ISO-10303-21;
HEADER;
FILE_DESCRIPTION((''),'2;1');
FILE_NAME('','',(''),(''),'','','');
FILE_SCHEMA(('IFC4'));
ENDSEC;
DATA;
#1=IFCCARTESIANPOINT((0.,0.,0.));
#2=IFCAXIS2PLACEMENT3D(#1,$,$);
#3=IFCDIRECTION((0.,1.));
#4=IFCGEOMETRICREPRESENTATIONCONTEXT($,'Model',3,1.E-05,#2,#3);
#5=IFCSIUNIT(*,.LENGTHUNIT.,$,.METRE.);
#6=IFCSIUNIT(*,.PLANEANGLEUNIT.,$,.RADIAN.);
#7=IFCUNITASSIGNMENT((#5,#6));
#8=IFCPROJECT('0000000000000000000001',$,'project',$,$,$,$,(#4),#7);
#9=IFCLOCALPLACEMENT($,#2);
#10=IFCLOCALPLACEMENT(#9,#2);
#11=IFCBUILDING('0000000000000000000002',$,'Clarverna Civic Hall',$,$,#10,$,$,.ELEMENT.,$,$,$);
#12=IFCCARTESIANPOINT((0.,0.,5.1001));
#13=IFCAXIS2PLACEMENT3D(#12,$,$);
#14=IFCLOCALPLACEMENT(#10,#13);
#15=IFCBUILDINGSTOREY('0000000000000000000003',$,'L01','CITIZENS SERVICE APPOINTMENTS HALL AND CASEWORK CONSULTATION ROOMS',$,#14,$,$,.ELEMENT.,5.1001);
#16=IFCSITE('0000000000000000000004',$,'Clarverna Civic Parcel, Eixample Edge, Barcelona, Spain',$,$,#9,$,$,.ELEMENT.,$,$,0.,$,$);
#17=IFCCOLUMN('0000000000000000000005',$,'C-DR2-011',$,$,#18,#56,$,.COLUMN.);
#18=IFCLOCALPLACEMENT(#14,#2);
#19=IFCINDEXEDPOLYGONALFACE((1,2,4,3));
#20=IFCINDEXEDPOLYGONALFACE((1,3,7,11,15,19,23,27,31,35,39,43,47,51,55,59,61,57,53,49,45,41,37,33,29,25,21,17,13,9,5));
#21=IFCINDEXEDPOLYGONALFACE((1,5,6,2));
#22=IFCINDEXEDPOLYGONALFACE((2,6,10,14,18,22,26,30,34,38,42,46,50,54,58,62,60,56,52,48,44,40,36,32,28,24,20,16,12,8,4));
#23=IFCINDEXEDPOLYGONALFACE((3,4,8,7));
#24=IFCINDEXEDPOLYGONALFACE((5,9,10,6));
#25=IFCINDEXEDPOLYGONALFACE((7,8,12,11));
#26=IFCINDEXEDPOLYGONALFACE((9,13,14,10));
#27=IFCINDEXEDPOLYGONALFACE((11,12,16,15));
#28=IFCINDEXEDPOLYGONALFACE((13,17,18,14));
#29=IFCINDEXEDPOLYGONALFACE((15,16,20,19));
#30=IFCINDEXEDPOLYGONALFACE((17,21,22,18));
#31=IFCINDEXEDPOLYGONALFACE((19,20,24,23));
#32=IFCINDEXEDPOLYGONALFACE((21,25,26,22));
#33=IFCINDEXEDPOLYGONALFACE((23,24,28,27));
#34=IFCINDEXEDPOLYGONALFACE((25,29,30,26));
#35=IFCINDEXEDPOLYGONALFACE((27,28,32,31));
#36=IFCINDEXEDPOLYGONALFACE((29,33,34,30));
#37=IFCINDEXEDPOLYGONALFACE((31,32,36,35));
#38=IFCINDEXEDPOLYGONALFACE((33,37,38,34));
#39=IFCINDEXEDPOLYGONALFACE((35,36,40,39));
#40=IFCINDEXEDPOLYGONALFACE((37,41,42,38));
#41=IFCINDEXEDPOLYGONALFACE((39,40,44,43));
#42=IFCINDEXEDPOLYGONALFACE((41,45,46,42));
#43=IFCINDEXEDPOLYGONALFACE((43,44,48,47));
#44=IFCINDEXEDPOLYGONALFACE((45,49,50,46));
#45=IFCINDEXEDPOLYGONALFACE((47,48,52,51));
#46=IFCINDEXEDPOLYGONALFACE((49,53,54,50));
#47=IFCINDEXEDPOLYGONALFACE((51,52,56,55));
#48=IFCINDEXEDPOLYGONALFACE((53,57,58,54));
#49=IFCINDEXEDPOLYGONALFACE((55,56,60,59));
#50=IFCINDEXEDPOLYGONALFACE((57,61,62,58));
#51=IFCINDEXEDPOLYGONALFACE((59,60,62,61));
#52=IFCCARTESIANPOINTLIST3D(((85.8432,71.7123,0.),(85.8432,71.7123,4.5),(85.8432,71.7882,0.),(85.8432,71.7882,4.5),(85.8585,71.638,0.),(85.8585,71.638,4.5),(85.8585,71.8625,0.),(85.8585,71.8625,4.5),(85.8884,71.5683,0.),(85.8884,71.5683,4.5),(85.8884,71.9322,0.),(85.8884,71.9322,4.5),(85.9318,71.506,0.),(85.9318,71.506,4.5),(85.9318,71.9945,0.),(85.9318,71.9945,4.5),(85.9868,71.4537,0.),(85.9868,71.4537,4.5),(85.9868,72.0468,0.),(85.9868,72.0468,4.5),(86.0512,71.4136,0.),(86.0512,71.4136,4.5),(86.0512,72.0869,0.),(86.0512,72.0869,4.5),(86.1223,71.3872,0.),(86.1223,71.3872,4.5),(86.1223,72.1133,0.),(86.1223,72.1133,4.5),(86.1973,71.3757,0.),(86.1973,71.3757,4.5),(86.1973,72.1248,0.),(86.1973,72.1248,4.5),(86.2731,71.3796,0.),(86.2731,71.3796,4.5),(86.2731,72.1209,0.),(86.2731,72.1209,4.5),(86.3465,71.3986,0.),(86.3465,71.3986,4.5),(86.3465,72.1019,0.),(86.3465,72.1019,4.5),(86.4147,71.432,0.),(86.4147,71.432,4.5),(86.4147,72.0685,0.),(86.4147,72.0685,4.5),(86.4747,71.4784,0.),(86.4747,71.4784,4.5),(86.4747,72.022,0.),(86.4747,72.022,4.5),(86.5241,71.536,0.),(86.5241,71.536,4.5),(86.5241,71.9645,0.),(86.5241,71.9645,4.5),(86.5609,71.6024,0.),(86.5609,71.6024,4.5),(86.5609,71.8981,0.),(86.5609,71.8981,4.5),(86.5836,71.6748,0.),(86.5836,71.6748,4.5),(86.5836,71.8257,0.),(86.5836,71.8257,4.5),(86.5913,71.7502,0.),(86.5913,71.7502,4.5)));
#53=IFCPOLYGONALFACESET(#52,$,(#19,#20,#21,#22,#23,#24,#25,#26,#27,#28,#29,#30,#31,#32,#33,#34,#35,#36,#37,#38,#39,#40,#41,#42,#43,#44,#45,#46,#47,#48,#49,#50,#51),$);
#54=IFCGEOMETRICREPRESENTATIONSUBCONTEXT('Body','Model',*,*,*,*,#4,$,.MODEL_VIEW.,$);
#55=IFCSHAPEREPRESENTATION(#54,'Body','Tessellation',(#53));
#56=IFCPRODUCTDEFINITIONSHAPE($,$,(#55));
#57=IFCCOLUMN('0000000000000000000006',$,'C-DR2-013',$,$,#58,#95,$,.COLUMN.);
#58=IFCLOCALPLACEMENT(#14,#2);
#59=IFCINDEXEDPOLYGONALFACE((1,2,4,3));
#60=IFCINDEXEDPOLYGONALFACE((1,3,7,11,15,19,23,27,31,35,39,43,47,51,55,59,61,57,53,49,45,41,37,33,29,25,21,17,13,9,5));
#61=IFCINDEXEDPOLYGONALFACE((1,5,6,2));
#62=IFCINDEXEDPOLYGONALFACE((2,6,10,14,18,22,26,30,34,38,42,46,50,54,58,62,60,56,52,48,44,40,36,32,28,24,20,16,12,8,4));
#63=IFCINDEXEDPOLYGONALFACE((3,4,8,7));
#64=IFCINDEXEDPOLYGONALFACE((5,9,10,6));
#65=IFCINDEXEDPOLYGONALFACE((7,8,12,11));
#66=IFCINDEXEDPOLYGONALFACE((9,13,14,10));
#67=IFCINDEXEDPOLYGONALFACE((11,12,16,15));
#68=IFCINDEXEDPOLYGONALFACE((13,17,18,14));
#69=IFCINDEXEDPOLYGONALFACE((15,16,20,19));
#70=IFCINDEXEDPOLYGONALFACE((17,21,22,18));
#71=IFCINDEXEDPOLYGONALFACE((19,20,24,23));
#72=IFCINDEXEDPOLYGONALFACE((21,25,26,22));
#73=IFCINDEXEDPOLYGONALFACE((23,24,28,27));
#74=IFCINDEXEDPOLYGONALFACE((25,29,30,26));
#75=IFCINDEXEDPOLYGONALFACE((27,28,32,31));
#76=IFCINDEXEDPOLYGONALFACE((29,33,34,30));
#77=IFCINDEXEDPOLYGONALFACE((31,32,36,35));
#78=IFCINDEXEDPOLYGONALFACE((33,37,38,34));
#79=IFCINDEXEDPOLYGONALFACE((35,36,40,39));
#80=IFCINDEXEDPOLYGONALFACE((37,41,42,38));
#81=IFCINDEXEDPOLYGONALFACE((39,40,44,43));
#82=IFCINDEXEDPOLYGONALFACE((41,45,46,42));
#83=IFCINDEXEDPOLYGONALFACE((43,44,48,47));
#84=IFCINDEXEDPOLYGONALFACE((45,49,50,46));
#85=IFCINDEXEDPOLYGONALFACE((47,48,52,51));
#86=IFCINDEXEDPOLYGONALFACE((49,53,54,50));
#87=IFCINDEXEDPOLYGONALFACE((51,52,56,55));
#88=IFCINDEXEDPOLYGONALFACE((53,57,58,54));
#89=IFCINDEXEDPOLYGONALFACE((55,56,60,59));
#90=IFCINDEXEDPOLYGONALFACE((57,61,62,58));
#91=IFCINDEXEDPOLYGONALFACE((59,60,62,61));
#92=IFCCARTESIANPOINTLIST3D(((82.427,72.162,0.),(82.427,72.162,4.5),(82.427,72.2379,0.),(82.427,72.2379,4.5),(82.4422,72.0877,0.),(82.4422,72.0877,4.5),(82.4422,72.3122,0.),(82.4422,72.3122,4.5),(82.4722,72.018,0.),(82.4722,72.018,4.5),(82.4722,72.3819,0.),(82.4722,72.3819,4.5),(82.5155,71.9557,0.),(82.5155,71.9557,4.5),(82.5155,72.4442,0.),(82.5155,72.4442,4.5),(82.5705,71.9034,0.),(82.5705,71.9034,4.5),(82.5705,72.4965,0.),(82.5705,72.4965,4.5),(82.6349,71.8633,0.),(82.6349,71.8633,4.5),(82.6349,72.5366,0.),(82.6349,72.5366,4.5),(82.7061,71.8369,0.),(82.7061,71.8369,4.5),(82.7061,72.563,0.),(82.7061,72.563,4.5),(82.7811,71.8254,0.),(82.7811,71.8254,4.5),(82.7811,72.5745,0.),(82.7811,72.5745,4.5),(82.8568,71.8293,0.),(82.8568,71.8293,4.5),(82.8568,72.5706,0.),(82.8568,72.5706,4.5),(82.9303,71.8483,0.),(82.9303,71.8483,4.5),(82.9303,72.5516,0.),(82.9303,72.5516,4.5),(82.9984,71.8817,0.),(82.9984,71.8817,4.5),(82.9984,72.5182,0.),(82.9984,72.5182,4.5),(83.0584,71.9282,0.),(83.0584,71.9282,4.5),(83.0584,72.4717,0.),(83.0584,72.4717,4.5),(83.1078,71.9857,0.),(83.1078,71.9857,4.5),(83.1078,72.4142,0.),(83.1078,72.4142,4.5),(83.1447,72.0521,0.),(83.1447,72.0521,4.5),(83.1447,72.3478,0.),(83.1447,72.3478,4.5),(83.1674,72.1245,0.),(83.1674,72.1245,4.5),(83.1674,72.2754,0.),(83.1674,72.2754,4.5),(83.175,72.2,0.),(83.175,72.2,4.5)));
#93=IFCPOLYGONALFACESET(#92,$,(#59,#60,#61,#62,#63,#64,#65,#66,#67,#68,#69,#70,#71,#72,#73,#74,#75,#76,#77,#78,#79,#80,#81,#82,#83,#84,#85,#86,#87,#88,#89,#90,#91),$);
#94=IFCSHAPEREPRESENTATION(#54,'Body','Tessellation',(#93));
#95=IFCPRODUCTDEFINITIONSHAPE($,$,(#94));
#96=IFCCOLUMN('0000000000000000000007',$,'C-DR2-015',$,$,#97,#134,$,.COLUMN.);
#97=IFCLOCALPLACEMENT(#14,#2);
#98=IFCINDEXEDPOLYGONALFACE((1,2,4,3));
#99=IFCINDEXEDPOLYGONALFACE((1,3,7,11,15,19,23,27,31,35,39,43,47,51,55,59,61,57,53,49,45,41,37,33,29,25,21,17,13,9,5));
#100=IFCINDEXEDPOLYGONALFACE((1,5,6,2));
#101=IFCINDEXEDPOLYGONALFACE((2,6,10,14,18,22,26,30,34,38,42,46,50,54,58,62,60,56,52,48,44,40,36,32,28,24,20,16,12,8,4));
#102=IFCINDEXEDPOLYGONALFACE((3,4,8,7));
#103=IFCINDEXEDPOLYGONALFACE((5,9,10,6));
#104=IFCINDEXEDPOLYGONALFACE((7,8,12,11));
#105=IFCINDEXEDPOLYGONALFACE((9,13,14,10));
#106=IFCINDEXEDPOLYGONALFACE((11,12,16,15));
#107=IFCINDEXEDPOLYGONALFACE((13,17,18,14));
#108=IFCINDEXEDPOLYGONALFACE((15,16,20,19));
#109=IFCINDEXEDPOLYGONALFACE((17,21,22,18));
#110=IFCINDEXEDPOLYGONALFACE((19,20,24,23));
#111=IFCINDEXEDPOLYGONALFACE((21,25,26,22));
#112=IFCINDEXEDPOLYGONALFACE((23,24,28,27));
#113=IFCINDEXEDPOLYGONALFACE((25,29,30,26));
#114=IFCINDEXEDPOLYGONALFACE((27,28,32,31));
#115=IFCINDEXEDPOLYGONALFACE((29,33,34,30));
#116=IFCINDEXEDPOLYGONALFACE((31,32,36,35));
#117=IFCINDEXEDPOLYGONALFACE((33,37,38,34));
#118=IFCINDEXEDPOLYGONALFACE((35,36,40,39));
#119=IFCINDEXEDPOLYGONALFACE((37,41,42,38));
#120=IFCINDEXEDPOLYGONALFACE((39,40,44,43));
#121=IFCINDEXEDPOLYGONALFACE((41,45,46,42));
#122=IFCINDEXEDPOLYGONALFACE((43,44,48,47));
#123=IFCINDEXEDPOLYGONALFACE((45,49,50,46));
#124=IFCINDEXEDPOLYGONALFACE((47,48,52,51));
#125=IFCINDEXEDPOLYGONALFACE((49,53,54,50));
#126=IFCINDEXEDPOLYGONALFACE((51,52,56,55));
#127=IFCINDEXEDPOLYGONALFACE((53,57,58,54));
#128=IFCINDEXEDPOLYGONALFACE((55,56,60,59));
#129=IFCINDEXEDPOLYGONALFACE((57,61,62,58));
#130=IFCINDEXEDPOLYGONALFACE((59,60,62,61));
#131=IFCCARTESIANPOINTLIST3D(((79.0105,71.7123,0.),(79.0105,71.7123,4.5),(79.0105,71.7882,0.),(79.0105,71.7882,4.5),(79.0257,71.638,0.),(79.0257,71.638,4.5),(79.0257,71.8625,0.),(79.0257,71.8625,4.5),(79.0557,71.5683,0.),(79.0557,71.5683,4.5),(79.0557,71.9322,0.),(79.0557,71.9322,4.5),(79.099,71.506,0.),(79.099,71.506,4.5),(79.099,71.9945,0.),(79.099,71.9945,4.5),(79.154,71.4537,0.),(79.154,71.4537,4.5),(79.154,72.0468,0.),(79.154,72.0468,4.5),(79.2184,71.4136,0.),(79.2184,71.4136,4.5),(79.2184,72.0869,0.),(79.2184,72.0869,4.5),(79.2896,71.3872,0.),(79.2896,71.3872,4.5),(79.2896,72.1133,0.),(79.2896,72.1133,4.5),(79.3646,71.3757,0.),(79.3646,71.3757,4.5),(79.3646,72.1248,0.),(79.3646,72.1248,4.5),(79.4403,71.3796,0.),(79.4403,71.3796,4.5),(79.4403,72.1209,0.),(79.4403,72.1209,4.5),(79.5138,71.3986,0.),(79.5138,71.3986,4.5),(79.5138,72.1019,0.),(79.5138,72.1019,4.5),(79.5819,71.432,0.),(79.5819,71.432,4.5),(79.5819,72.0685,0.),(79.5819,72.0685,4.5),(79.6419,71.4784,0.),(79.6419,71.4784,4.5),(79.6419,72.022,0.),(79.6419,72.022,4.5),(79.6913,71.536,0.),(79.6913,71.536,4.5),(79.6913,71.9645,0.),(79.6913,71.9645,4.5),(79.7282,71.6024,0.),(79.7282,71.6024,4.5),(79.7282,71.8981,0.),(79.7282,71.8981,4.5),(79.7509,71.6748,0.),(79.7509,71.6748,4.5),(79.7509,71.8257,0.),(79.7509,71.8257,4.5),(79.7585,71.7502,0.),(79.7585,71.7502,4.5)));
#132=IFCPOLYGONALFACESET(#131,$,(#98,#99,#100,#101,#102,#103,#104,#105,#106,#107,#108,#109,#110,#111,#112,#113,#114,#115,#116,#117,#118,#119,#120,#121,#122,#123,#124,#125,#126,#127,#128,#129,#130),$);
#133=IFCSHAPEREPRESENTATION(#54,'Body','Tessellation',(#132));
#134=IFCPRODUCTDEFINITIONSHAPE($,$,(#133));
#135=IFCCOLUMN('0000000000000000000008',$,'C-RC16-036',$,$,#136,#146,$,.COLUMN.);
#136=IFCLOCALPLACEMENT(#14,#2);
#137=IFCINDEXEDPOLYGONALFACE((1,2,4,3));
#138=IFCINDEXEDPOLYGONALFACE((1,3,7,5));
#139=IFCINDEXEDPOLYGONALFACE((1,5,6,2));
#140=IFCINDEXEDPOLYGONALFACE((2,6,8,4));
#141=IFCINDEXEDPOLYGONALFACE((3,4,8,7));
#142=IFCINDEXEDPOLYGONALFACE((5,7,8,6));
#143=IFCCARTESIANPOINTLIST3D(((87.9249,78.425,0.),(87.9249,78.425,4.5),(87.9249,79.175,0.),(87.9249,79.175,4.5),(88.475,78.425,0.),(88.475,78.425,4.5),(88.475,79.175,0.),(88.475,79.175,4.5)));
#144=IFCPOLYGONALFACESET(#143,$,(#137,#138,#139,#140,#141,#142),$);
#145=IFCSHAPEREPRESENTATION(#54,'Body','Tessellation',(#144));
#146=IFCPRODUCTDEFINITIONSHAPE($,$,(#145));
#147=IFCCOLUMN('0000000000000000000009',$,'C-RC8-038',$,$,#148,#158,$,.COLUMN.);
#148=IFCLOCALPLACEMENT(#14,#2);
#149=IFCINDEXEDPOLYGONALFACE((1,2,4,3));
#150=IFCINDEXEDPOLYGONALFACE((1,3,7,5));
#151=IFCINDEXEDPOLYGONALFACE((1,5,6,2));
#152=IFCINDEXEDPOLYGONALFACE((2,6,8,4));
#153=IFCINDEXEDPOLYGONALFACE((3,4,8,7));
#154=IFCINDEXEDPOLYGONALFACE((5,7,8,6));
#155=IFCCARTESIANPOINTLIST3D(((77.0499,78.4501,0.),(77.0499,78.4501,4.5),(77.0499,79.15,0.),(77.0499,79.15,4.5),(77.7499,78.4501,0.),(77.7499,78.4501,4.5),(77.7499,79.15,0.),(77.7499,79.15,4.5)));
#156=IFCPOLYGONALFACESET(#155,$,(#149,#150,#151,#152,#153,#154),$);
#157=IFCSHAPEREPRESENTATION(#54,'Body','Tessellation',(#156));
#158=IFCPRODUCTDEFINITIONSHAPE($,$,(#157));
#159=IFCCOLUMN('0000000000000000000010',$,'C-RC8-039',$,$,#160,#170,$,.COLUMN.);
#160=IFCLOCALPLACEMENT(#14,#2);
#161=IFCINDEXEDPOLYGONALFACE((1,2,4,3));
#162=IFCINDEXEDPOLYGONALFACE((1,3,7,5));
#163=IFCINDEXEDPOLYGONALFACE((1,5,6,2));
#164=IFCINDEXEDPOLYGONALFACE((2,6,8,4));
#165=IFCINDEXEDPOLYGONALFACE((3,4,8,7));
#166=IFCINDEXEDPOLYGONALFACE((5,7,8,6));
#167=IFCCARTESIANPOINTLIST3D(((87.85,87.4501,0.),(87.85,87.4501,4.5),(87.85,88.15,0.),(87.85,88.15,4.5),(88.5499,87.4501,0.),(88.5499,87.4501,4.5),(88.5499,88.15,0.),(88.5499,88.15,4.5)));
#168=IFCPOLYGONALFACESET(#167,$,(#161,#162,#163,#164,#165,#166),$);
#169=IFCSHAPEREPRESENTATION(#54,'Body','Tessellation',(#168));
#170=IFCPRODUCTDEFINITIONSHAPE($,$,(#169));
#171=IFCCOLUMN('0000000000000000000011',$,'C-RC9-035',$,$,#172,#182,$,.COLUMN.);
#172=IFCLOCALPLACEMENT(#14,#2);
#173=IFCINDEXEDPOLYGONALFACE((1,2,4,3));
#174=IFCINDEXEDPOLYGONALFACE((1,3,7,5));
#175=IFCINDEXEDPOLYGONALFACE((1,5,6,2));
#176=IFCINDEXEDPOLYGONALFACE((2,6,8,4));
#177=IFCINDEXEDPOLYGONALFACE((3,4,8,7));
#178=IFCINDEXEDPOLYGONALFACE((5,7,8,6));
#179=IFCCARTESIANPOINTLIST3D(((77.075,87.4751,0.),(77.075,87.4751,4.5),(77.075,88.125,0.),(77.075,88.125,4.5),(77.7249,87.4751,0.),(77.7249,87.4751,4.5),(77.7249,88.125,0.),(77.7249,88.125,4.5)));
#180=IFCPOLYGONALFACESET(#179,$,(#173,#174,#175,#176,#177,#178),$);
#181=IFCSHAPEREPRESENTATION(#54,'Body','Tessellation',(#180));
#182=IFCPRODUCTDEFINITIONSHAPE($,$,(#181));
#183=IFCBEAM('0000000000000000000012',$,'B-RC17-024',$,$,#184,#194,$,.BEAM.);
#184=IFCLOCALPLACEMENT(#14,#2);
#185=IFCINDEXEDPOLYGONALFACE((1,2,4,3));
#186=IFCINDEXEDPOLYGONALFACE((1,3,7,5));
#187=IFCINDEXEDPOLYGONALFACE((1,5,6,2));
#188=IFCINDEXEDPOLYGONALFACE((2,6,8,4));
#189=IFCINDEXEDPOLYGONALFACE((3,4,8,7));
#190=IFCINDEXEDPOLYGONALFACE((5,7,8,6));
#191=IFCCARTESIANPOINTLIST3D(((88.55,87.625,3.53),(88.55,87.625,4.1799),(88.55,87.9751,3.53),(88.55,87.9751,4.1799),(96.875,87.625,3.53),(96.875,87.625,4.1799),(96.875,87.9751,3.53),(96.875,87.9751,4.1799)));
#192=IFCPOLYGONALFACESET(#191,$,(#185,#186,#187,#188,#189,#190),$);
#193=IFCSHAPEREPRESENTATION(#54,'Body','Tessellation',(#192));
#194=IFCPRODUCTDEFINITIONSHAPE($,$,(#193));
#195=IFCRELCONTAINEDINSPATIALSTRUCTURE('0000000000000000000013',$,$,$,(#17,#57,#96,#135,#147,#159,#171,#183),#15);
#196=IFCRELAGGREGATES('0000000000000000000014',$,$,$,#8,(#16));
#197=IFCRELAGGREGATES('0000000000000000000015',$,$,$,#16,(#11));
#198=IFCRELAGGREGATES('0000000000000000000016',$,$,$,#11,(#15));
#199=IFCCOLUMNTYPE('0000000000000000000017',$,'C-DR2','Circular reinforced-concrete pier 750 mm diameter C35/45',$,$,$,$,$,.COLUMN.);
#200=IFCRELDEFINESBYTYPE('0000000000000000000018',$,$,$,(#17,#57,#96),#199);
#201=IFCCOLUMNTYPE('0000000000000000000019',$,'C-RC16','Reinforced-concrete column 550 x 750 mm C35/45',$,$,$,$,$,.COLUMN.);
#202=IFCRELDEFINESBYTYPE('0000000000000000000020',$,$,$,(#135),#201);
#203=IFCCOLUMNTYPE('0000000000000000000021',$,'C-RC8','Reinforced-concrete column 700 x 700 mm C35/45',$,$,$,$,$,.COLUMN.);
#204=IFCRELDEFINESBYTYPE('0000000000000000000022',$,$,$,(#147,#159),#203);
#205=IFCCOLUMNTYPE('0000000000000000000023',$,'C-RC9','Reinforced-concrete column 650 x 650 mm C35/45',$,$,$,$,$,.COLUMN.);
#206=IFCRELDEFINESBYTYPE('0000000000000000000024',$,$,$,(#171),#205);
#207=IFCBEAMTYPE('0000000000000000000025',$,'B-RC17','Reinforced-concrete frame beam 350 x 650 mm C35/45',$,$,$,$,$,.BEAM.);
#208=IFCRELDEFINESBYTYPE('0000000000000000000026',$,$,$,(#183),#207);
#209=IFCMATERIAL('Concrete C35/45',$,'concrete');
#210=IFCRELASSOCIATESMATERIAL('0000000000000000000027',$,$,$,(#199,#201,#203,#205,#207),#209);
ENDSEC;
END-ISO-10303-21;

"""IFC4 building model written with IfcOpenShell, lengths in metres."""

from ifc_helpers import new_model, si_unit, direction, frame, origin, origin_2d, place, context, subcontext, project, spatial, rectangle, circle, extrude, material, material_profile, profile_set, type_object, element, save


model = new_model("IFC4")

# Units and contexts
model_context = context("Model", 3, precision=1e-05, world=origin(), true_north=direction((0.0, 1.0)))
body_context = subcontext(model_context, "Body", "Model", "MODEL_VIEW")
ifc_project = project(units=[si_unit("LENGTHUNIT", "METRE"), si_unit("PLANEANGLEUNIT", "RADIAN")], contexts=[model_context])

# Site, building, storey
site_placement = place(None, origin())
site = spatial("IfcSite", under=ifc_project, at=site_placement, Name="Clarverna Civic Parcel, Eixample Edge, Barcelona, Spain", CompositionType="ELEMENT", RefElevation=0.0)
building_placement = place(site_placement, origin())
building = spatial("IfcBuilding", under=site, at=building_placement, Name="Clarverna Civic Hall", CompositionType="ELEMENT")
storey_placement = place(building_placement, frame((0.0, 0.0, 5.1001)))
storey = spatial("IfcBuildingStorey", under=building, at=storey_placement, Name="L01", Description="CITIZENS SERVICE APPOINTMENTS HALL AND CASEWORK CONSULTATION ROOMS", CompositionType="ELEMENT", Elevation=5.1001)

# Columns
ifc_material_1 = material(Name="Concrete C35/45", Category="concrete")
ifc_material_profile_1 = material_profile(ifc_material_1, circle(Radius=0.375, at=origin_2d()), Name="RC D750")
ifc_profile_set_1 = profile_set([ifc_material_profile_1], Name="Concrete C35/45")
column_type_1 = type_object("IfcColumnType", Name="C-DR2", Description="Circular reinforced-concrete pier 750 mm diameter C35/45", PredefinedType="COLUMN", material=ifc_profile_set_1)
for number, where, z_axis, x_axis, name in (
    (1, (86.2163, 71.7502, 0.0), (0.0, 0.0, 1.0), (1.0, 0.0, 0.0), "C-DR2-011"),
    (2, (82.8, 72.2, 0.0), (0.0, 0.0, 1.0), (1.0, 0.0, 0.0), "C-DR2-013"),
    (3, (79.3835, 71.7502, 0.0), (0.0, 0.0, 1.0), (1.0, 0.0, 0.0), "C-DR2-015"),
):
    element("IfcColumn", number, at=place(storey_placement, frame(where, z_axis=z_axis, x_axis=x_axis)), inside=storey, type_object=column_type_1, Name=name, PredefinedType="COLUMN", context=body_context, shape_type="SweptSolid", body=[
        extrude(circle(Radius=0.375, at=origin_2d()), origin(), (0.0, 0.0, 1.0), 4.5),
    ])
ifc_material_profile_2 = material_profile(ifc_material_1, rectangle(XDim=0.55, YDim=0.75, at=origin_2d()), Name="RC 550x750")
ifc_profile_set_2 = profile_set([ifc_material_profile_2], Name="Concrete C35/45")
column_type_2 = type_object("IfcColumnType", Name="C-RC16", Description="Reinforced-concrete column 550 x 750 mm C35/45", PredefinedType="COLUMN", material=ifc_profile_set_2)
column_1_placement = place(storey_placement, frame((88.2, 78.8, 0.0), z_axis=(0.0, 0.0, 1.0), x_axis=(1.0, 0.0, 0.0)))
element("IfcColumn", 4, at=column_1_placement, inside=storey, type_object=column_type_2, Name="C-RC16-036", PredefinedType="COLUMN", context=body_context, shape_type="SweptSolid", body=[
    extrude(rectangle(XDim=0.55, YDim=0.75, at=origin_2d()), origin(), (0.0, 0.0, 1.0), 4.5),
])
ifc_material_profile_3 = material_profile(ifc_material_1, rectangle(XDim=0.7, YDim=0.7, at=origin_2d()), Name="RC 700x700")
ifc_profile_set_3 = profile_set([ifc_material_profile_3], Name="Concrete C35/45")
column_type_3 = type_object("IfcColumnType", Name="C-RC8", Description="Reinforced-concrete column 700 x 700 mm C35/45", PredefinedType="COLUMN", material=ifc_profile_set_3)
for number, where, z_axis, x_axis, name in (
    (5, (77.3999, 78.8, 0.0), (0.0, 0.0, 1.0), (1.0, 0.0, 0.0), "C-RC8-038"),
    (6, (88.2, 87.8, 0.0), (0.0, 0.0, 1.0), (1.0, 0.0, 0.0), "C-RC8-039"),
):
    element("IfcColumn", number, at=place(storey_placement, frame(where, z_axis=z_axis, x_axis=x_axis)), inside=storey, type_object=column_type_3, Name=name, PredefinedType="COLUMN", context=body_context, shape_type="SweptSolid", body=[
        extrude(rectangle(XDim=0.7, YDim=0.7, at=origin_2d()), origin(), (0.0, 0.0, 1.0), 4.5),
    ])
ifc_material_profile_4 = material_profile(ifc_material_1, rectangle(XDim=0.6499, YDim=0.6499, at=origin_2d()), Name="RC 650x650")
ifc_profile_set_4 = profile_set([ifc_material_profile_4], Name="Concrete C35/45")
column_type_4 = type_object("IfcColumnType", Name="C-RC9", Description="Reinforced-concrete column 650 x 650 mm C35/45", PredefinedType="COLUMN", material=ifc_profile_set_4)
column_2_placement = place(storey_placement, frame((77.3999, 87.8, 0.0), z_axis=(0.0, 0.0, 1.0), x_axis=(1.0, 0.0, 0.0)))
element("IfcColumn", 7, at=column_2_placement, inside=storey, type_object=column_type_4, Name="C-RC9-035", PredefinedType="COLUMN", context=body_context, shape_type="SweptSolid", body=[
    extrude(rectangle(XDim=0.6499, YDim=0.6499, at=origin_2d()), origin(), (0.0, 0.0, 1.0), 4.5),
])

# Beam
ifc_material_profile_5 = material_profile(ifc_material_1, rectangle(XDim=0.3501, YDim=0.6499, at=origin_2d()), Name="RC 350x650")
ifc_profile_set_5 = profile_set([ifc_material_profile_5], Name="Concrete C35/45")
beam_type_1 = type_object("IfcBeamType", Name="B-RC17", Description="Reinforced-concrete frame beam 350 x 650 mm C35/45", PredefinedType="BEAM", material=ifc_profile_set_5)
beam_1_placement = place(storey_placement, frame((88.55, 87.8, 3.855), z_axis=(1.0, 0.0, 0.0), x_axis=(0.0, 1.0, 0.0)))
element("IfcBeam", 8, at=beam_1_placement, inside=storey, type_object=beam_type_1, Name="B-RC17-024", PredefinedType="BEAM", context=body_context, shape_type="SweptSolid", body=[
    extrude(rectangle(XDim=0.3501, YDim=0.6499, at=origin_2d()), origin(), (0.0, 0.0, 1.0), 8.325),
])

save(model, "model.ifc")
